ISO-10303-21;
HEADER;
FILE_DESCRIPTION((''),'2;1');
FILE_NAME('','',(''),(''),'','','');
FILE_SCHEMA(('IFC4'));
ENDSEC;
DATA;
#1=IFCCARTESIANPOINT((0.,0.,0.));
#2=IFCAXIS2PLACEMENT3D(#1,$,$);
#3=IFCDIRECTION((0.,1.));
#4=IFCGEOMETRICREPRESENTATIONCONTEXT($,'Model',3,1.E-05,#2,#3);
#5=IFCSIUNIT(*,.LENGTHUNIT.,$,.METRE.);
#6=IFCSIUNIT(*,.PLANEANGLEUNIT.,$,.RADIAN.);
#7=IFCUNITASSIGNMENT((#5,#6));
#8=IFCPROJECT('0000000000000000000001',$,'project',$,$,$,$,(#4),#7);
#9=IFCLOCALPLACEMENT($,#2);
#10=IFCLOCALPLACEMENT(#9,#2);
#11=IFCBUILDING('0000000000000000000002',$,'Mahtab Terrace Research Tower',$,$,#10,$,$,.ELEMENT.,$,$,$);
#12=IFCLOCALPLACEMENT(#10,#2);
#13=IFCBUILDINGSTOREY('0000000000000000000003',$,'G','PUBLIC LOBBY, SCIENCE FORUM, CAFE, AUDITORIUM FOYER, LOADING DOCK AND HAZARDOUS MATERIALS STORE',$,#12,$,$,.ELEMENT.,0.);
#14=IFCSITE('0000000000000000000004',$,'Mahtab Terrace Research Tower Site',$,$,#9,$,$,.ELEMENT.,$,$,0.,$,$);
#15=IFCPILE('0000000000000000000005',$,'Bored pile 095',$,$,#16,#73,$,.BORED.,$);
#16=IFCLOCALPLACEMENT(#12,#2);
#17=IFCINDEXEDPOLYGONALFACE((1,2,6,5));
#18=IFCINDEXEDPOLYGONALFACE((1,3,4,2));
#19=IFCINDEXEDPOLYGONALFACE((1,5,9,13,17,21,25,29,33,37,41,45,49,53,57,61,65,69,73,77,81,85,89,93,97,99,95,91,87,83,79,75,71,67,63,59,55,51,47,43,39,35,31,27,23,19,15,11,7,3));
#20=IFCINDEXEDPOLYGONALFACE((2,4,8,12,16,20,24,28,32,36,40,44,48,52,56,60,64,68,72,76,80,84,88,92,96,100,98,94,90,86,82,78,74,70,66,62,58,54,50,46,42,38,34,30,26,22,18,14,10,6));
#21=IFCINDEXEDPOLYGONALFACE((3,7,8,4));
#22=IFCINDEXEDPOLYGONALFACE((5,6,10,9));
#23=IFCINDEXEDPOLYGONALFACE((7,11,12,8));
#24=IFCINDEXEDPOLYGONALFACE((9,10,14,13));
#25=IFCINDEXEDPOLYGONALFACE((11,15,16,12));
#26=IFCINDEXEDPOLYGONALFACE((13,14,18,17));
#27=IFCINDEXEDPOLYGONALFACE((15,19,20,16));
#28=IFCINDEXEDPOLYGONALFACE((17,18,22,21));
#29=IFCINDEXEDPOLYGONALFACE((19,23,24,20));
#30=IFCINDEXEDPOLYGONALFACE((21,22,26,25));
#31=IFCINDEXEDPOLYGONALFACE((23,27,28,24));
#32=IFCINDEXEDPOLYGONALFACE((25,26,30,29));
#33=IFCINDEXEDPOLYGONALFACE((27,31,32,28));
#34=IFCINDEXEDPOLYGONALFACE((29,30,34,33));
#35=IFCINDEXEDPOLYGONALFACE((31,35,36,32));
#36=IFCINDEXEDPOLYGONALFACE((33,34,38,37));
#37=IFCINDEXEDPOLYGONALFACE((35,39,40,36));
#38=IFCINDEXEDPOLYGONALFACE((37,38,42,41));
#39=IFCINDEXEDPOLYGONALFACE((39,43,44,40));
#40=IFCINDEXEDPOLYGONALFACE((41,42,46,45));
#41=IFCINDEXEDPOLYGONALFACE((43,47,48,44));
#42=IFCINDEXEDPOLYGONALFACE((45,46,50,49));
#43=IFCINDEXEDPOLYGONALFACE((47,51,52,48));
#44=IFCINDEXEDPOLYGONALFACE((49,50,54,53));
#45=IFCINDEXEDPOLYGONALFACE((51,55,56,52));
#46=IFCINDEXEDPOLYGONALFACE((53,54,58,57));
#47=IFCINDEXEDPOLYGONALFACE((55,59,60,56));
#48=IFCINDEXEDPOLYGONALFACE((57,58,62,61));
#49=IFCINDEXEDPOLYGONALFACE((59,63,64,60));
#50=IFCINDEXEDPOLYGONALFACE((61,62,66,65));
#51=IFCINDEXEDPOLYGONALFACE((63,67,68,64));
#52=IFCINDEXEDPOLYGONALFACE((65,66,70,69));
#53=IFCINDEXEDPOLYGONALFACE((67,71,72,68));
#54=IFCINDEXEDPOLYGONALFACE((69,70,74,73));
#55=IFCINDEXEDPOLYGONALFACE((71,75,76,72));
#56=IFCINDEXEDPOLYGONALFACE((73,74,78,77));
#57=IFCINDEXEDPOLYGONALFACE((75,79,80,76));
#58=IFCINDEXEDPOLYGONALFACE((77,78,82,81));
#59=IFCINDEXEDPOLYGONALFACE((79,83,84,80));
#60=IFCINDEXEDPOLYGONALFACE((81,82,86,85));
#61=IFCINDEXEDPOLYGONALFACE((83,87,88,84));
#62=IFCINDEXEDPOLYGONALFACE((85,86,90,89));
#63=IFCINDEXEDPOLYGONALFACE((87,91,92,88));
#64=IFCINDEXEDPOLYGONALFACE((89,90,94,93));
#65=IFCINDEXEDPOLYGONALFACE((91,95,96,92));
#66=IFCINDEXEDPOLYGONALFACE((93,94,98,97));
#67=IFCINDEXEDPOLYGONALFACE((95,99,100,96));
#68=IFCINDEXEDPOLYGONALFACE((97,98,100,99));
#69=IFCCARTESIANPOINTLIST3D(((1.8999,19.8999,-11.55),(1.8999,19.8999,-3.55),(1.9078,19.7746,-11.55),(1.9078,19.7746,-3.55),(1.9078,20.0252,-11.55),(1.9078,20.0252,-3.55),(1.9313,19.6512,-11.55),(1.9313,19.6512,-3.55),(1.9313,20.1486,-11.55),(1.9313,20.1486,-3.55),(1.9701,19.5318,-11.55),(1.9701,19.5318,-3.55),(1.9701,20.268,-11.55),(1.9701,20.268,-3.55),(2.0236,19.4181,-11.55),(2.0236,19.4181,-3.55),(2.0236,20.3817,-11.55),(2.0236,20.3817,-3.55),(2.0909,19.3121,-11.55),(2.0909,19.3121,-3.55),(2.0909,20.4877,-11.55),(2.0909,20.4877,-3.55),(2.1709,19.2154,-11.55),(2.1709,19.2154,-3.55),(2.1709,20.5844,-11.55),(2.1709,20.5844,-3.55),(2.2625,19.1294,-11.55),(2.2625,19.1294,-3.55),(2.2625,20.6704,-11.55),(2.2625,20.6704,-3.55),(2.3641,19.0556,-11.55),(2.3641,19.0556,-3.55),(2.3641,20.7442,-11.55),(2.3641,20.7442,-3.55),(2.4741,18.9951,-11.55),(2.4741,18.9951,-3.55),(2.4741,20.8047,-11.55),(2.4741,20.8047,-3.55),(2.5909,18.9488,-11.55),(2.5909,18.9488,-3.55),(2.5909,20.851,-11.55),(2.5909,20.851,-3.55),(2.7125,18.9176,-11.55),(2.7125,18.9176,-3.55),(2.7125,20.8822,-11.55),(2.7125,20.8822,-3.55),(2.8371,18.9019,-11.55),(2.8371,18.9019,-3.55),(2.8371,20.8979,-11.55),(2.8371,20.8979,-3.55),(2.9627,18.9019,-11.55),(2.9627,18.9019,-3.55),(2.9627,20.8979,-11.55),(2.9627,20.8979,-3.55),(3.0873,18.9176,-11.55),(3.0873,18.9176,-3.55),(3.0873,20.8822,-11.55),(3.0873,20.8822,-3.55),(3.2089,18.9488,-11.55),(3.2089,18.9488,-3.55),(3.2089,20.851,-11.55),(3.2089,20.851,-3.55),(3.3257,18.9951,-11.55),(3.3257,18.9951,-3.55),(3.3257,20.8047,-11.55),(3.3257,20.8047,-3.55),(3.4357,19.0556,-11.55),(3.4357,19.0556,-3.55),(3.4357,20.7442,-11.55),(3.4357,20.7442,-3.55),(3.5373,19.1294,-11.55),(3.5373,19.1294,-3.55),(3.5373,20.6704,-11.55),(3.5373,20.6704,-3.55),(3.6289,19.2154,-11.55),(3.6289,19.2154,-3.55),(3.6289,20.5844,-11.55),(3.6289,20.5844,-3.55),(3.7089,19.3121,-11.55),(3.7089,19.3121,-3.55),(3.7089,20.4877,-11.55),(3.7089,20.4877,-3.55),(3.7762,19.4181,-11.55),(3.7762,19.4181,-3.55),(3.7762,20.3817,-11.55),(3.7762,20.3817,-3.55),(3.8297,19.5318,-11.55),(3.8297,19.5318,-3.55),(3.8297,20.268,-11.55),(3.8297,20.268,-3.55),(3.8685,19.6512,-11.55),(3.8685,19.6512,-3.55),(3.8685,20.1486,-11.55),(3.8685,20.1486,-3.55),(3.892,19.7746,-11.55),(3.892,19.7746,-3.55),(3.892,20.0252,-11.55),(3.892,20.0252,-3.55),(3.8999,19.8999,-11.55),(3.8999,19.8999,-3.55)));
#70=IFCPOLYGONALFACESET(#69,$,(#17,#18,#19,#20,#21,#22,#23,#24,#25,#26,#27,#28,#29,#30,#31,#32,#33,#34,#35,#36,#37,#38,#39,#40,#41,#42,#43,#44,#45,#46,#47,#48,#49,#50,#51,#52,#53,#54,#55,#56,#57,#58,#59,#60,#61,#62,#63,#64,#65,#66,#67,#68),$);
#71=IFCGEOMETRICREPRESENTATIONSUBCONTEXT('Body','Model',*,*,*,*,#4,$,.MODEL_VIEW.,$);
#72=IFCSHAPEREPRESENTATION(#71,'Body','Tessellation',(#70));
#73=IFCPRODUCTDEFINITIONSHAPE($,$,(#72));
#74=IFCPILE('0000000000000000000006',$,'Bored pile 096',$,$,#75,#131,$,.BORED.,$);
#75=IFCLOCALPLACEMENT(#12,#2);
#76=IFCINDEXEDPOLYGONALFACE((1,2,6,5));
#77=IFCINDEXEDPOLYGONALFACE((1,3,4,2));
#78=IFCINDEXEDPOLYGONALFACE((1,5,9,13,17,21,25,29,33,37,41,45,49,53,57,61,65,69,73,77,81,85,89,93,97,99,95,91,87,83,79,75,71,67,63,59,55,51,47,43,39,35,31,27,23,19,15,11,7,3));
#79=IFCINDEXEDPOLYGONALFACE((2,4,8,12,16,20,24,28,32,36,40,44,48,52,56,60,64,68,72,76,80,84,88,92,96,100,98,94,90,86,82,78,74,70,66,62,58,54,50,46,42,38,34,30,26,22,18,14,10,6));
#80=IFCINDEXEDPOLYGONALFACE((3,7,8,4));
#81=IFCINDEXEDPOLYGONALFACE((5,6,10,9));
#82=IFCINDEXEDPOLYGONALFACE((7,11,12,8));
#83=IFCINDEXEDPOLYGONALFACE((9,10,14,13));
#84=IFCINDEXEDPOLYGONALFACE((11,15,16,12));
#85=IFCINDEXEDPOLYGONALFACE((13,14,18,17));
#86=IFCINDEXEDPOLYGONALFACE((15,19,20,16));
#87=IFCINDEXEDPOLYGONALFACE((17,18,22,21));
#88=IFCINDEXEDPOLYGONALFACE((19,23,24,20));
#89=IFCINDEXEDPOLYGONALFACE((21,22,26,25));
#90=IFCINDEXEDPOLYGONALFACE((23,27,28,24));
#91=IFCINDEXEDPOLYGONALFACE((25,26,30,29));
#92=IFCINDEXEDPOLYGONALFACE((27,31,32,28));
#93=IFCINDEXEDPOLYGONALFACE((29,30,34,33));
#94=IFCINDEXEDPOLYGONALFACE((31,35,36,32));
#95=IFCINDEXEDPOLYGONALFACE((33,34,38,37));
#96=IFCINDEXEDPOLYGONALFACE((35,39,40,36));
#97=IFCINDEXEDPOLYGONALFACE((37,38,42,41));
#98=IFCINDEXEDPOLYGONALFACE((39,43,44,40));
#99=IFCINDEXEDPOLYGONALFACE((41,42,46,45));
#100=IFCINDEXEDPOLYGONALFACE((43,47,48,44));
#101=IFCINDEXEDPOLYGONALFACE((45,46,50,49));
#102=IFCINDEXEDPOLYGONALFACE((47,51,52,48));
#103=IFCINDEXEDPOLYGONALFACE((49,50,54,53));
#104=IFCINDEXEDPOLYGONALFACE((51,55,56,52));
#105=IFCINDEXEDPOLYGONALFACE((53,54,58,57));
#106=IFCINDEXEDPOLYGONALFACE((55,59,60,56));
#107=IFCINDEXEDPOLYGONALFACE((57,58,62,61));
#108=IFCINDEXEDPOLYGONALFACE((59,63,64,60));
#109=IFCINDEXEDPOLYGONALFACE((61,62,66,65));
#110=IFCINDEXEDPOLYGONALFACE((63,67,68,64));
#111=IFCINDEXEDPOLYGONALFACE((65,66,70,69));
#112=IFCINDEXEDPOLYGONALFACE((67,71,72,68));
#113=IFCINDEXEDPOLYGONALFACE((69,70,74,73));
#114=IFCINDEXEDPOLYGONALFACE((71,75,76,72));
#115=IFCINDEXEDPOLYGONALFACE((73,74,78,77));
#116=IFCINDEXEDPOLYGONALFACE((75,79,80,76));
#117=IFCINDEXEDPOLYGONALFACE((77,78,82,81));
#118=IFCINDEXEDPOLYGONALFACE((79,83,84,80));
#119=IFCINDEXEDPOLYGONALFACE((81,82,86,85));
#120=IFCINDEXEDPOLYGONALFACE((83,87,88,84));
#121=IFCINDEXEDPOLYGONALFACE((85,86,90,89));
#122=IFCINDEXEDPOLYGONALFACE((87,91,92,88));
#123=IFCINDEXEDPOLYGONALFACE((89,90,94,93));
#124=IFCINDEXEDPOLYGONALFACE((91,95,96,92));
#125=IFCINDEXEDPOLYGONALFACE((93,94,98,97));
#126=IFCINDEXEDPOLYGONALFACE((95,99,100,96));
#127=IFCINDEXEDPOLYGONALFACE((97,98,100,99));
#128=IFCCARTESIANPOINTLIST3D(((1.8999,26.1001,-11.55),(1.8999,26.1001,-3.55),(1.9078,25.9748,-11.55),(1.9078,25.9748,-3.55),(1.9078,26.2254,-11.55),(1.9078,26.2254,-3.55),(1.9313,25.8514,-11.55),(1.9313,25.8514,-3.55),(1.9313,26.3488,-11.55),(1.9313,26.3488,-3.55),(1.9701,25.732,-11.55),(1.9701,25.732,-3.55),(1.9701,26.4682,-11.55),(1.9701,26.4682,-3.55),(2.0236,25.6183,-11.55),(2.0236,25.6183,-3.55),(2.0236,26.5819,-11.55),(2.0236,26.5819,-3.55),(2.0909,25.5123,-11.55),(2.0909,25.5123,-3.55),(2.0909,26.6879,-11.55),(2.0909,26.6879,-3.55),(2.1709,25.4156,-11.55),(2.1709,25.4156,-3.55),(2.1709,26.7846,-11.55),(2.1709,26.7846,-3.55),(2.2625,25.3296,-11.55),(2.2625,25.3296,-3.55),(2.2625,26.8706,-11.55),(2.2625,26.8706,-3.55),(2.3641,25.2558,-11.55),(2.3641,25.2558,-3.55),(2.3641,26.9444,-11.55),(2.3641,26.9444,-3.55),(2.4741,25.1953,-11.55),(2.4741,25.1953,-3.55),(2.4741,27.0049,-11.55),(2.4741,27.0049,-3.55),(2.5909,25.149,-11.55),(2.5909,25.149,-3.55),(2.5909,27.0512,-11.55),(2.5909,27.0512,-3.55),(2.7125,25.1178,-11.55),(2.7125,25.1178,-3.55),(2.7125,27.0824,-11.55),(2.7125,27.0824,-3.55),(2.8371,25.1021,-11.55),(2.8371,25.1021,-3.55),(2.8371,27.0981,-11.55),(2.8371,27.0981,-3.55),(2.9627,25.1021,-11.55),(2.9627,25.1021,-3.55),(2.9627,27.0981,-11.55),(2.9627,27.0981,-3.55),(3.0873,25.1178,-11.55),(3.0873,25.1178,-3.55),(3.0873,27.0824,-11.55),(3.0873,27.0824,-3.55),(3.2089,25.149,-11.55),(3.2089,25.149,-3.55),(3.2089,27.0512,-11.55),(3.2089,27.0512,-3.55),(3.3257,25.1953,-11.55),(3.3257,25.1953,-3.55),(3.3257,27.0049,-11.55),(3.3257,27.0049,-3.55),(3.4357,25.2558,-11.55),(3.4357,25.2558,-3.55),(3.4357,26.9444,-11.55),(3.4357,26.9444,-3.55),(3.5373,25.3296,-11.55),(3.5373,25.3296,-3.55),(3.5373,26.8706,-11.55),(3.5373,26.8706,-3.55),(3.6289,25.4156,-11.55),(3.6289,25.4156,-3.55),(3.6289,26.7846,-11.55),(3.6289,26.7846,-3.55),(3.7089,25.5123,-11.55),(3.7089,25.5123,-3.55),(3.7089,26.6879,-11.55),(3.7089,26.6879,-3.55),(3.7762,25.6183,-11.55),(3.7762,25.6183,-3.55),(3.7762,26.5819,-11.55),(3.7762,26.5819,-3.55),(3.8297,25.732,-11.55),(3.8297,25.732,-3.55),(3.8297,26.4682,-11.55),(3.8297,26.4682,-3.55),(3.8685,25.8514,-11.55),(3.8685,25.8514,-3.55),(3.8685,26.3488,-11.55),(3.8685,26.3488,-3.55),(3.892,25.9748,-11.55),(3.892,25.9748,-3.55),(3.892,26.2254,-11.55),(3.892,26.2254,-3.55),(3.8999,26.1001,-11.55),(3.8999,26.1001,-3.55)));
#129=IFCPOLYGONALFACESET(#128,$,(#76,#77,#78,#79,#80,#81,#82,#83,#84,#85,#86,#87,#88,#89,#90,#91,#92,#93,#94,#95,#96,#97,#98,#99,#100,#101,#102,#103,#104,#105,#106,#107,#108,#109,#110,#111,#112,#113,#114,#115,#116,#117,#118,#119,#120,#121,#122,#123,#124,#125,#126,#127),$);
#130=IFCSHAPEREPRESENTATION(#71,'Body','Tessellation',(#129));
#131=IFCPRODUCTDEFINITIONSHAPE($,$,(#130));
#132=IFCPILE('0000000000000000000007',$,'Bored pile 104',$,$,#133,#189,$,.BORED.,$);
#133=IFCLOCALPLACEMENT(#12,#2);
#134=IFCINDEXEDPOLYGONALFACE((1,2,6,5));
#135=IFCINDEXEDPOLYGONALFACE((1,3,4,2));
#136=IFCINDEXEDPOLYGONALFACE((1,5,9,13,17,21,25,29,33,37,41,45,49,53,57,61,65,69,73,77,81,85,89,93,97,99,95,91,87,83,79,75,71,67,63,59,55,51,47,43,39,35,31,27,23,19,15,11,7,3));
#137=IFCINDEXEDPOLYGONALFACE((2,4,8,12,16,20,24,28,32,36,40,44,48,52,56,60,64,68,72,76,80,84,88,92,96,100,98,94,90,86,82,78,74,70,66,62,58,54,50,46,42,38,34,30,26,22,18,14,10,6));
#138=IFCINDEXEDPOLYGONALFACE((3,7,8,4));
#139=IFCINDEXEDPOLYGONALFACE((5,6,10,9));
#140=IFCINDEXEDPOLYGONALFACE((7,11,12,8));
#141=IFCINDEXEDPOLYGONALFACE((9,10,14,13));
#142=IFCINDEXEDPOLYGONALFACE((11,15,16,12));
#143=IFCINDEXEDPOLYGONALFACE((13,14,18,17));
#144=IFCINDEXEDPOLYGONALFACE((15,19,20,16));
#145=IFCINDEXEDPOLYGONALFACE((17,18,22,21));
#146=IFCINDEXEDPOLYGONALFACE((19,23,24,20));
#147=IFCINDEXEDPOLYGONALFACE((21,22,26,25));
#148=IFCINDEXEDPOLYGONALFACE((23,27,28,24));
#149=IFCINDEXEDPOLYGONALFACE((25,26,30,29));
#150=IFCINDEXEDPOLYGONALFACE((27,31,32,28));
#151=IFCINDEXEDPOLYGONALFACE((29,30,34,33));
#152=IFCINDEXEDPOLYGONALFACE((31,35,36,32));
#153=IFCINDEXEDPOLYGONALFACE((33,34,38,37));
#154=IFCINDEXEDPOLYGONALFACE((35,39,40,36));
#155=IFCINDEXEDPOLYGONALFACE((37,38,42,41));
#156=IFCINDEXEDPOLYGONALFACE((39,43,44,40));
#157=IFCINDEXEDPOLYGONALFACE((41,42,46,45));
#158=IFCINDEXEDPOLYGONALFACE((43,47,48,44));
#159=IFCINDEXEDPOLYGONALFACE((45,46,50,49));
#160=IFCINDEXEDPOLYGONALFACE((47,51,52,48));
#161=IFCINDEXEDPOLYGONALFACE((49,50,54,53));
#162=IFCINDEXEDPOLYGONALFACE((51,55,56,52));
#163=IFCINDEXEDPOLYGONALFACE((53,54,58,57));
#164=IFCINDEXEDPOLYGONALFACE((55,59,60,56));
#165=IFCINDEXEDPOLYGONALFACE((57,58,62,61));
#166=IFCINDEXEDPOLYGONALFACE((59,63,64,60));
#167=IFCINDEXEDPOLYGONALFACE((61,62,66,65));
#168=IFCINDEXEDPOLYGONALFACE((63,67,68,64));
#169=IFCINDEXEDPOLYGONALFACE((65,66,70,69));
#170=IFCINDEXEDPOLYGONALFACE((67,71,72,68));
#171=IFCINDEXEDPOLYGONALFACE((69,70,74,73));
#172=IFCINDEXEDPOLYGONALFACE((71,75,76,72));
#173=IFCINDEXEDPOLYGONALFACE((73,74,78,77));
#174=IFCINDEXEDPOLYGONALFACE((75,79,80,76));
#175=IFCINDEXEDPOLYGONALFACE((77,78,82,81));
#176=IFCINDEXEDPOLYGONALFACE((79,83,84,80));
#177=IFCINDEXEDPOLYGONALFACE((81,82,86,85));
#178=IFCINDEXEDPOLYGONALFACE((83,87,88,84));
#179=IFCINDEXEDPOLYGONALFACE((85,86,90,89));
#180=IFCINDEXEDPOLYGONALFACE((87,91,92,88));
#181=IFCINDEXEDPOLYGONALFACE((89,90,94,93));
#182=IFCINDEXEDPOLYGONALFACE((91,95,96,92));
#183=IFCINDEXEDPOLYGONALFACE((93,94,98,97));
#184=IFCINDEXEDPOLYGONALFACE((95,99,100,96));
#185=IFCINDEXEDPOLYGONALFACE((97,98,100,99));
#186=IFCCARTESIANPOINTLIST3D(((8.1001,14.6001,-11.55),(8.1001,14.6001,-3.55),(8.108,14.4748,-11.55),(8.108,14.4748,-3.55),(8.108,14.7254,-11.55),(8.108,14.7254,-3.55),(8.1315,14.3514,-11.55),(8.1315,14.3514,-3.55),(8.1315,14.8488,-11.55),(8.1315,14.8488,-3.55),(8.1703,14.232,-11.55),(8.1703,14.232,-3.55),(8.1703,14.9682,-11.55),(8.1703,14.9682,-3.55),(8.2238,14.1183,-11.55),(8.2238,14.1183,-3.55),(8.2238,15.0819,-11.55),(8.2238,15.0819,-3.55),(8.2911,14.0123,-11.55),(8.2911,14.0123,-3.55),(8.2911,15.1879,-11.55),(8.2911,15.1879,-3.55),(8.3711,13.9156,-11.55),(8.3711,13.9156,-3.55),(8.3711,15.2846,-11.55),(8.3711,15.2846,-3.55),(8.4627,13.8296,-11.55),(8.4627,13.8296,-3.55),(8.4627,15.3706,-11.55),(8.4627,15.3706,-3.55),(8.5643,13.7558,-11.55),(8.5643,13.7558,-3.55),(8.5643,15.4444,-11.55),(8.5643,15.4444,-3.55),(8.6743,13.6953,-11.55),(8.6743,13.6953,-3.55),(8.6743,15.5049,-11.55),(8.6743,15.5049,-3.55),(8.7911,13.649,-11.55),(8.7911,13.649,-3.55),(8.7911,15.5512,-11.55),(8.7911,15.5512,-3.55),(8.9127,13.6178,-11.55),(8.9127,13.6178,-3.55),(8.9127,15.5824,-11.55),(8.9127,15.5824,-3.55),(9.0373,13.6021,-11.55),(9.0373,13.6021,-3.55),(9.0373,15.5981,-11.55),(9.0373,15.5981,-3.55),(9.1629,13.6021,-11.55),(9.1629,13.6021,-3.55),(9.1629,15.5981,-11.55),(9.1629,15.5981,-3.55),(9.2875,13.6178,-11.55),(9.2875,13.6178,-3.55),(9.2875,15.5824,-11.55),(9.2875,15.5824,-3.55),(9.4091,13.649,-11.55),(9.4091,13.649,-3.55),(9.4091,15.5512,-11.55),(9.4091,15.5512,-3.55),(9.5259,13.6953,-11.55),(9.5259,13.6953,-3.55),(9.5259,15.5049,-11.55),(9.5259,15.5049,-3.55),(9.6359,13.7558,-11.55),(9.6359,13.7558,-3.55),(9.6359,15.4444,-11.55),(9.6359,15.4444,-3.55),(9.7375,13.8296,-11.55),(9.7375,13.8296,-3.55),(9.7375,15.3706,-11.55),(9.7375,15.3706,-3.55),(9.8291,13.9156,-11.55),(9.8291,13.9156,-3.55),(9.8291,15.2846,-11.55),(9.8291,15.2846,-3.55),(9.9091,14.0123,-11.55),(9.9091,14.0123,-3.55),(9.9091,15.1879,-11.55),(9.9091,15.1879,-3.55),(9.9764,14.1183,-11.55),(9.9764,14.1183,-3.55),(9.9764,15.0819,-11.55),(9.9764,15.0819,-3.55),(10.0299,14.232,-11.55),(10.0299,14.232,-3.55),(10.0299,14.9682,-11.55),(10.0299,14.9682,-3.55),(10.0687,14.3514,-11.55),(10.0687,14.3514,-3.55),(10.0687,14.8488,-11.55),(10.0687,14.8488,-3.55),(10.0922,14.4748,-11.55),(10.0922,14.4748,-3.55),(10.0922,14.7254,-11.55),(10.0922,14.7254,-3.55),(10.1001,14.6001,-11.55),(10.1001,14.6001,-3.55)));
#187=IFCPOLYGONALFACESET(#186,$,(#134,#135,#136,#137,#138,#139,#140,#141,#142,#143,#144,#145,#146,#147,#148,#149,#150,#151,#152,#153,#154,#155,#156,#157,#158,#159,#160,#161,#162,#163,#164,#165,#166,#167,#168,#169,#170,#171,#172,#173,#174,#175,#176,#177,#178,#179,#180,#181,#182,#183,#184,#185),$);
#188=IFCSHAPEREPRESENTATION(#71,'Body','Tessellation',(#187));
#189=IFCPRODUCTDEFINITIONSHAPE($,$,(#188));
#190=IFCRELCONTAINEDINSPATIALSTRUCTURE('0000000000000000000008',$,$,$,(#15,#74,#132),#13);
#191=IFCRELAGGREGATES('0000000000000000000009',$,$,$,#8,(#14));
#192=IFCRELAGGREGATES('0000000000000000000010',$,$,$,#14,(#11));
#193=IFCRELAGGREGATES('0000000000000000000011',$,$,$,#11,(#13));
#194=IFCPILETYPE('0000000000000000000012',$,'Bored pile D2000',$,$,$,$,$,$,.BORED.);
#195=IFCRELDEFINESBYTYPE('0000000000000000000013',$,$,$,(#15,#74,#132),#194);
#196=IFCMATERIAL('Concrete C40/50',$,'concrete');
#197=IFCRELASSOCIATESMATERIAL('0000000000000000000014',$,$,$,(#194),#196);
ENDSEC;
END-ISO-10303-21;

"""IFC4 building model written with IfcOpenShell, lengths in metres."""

from ifc_helpers import new_model, si_unit, direction, frame, origin, origin_2d, place, context, subcontext, project, spatial, circle, extrude, material, material_profile, profile_set, type_object, element, save


model = new_model("IFC4")

# Units and contexts
model_context = context("Model", 3, precision=1e-05, world=origin(), true_north=direction((0.0, 1.0)))
body_context = subcontext(model_context, "Body", "Model", "MODEL_VIEW")
ifc_project = project(units=[si_unit("LENGTHUNIT", "METRE"), si_unit("PLANEANGLEUNIT", "RADIAN")], contexts=[model_context])

# Site, building, storey
site_placement = place(None, origin())
site = spatial("IfcSite", under=ifc_project, at=site_placement, Name="Mahtab Terrace Research Tower Site", CompositionType="ELEMENT", RefElevation=0.0)
building_placement = place(site_placement, origin())
building = spatial("IfcBuilding", under=site, at=building_placement, Name="Mahtab Terrace Research Tower", CompositionType="ELEMENT")
storey_placement = place(building_placement, origin())
storey = spatial("IfcBuildingStorey", under=building, at=storey_placement, Name="G", Description="PUBLIC LOBBY, SCIENCE FORUM, CAFE, AUDITORIUM FOYER, LOADING DOCK AND HAZARDOUS MATERIALS STORE", CompositionType="ELEMENT", Elevation=0.0)

# Piles
ifc_material_1 = material(Name="Concrete C40/50", Category="concrete")
ifc_material_profile_1 = material_profile(ifc_material_1, circle(Radius=1.0, at=origin_2d()), Name="Bored pile D2000")
ifc_profile_set_1 = profile_set([ifc_material_profile_1], Name="Concrete C40/50")
pile_type_1 = type_object("IfcPileType", Name="Bored pile D2000", PredefinedType="BORED", material=ifc_profile_set_1)
for number, where, z_axis, x_axis, name in (
    (1, (2.8999, 19.8999, -3.55), (0.0, 0.0, -1.0), (1.0, 0.0, 0.0), "Bored pile 095"),
    (2, (2.8999, 26.1001, -3.55), (0.0, 0.0, -1.0), (1.0, 0.0, 0.0), "Bored pile 096"),
    (3, (9.1001, 14.6001, -3.55), (0.0, 0.0, -1.0), (1.0, 0.0, 0.0), "Bored pile 104"),
):
    element("IfcPile", number, at=place(storey_placement, frame(where, z_axis=z_axis, x_axis=x_axis)), inside=storey, type_object=pile_type_1, Name=name, PredefinedType="BORED", context=body_context, shape_type="SweptSolid", body=[
        extrude(circle(Radius=1.0, at=origin_2d()), origin(), (0.0, 0.0, 1.0), 8.0),
    ])

save(model, "model.ifc")
